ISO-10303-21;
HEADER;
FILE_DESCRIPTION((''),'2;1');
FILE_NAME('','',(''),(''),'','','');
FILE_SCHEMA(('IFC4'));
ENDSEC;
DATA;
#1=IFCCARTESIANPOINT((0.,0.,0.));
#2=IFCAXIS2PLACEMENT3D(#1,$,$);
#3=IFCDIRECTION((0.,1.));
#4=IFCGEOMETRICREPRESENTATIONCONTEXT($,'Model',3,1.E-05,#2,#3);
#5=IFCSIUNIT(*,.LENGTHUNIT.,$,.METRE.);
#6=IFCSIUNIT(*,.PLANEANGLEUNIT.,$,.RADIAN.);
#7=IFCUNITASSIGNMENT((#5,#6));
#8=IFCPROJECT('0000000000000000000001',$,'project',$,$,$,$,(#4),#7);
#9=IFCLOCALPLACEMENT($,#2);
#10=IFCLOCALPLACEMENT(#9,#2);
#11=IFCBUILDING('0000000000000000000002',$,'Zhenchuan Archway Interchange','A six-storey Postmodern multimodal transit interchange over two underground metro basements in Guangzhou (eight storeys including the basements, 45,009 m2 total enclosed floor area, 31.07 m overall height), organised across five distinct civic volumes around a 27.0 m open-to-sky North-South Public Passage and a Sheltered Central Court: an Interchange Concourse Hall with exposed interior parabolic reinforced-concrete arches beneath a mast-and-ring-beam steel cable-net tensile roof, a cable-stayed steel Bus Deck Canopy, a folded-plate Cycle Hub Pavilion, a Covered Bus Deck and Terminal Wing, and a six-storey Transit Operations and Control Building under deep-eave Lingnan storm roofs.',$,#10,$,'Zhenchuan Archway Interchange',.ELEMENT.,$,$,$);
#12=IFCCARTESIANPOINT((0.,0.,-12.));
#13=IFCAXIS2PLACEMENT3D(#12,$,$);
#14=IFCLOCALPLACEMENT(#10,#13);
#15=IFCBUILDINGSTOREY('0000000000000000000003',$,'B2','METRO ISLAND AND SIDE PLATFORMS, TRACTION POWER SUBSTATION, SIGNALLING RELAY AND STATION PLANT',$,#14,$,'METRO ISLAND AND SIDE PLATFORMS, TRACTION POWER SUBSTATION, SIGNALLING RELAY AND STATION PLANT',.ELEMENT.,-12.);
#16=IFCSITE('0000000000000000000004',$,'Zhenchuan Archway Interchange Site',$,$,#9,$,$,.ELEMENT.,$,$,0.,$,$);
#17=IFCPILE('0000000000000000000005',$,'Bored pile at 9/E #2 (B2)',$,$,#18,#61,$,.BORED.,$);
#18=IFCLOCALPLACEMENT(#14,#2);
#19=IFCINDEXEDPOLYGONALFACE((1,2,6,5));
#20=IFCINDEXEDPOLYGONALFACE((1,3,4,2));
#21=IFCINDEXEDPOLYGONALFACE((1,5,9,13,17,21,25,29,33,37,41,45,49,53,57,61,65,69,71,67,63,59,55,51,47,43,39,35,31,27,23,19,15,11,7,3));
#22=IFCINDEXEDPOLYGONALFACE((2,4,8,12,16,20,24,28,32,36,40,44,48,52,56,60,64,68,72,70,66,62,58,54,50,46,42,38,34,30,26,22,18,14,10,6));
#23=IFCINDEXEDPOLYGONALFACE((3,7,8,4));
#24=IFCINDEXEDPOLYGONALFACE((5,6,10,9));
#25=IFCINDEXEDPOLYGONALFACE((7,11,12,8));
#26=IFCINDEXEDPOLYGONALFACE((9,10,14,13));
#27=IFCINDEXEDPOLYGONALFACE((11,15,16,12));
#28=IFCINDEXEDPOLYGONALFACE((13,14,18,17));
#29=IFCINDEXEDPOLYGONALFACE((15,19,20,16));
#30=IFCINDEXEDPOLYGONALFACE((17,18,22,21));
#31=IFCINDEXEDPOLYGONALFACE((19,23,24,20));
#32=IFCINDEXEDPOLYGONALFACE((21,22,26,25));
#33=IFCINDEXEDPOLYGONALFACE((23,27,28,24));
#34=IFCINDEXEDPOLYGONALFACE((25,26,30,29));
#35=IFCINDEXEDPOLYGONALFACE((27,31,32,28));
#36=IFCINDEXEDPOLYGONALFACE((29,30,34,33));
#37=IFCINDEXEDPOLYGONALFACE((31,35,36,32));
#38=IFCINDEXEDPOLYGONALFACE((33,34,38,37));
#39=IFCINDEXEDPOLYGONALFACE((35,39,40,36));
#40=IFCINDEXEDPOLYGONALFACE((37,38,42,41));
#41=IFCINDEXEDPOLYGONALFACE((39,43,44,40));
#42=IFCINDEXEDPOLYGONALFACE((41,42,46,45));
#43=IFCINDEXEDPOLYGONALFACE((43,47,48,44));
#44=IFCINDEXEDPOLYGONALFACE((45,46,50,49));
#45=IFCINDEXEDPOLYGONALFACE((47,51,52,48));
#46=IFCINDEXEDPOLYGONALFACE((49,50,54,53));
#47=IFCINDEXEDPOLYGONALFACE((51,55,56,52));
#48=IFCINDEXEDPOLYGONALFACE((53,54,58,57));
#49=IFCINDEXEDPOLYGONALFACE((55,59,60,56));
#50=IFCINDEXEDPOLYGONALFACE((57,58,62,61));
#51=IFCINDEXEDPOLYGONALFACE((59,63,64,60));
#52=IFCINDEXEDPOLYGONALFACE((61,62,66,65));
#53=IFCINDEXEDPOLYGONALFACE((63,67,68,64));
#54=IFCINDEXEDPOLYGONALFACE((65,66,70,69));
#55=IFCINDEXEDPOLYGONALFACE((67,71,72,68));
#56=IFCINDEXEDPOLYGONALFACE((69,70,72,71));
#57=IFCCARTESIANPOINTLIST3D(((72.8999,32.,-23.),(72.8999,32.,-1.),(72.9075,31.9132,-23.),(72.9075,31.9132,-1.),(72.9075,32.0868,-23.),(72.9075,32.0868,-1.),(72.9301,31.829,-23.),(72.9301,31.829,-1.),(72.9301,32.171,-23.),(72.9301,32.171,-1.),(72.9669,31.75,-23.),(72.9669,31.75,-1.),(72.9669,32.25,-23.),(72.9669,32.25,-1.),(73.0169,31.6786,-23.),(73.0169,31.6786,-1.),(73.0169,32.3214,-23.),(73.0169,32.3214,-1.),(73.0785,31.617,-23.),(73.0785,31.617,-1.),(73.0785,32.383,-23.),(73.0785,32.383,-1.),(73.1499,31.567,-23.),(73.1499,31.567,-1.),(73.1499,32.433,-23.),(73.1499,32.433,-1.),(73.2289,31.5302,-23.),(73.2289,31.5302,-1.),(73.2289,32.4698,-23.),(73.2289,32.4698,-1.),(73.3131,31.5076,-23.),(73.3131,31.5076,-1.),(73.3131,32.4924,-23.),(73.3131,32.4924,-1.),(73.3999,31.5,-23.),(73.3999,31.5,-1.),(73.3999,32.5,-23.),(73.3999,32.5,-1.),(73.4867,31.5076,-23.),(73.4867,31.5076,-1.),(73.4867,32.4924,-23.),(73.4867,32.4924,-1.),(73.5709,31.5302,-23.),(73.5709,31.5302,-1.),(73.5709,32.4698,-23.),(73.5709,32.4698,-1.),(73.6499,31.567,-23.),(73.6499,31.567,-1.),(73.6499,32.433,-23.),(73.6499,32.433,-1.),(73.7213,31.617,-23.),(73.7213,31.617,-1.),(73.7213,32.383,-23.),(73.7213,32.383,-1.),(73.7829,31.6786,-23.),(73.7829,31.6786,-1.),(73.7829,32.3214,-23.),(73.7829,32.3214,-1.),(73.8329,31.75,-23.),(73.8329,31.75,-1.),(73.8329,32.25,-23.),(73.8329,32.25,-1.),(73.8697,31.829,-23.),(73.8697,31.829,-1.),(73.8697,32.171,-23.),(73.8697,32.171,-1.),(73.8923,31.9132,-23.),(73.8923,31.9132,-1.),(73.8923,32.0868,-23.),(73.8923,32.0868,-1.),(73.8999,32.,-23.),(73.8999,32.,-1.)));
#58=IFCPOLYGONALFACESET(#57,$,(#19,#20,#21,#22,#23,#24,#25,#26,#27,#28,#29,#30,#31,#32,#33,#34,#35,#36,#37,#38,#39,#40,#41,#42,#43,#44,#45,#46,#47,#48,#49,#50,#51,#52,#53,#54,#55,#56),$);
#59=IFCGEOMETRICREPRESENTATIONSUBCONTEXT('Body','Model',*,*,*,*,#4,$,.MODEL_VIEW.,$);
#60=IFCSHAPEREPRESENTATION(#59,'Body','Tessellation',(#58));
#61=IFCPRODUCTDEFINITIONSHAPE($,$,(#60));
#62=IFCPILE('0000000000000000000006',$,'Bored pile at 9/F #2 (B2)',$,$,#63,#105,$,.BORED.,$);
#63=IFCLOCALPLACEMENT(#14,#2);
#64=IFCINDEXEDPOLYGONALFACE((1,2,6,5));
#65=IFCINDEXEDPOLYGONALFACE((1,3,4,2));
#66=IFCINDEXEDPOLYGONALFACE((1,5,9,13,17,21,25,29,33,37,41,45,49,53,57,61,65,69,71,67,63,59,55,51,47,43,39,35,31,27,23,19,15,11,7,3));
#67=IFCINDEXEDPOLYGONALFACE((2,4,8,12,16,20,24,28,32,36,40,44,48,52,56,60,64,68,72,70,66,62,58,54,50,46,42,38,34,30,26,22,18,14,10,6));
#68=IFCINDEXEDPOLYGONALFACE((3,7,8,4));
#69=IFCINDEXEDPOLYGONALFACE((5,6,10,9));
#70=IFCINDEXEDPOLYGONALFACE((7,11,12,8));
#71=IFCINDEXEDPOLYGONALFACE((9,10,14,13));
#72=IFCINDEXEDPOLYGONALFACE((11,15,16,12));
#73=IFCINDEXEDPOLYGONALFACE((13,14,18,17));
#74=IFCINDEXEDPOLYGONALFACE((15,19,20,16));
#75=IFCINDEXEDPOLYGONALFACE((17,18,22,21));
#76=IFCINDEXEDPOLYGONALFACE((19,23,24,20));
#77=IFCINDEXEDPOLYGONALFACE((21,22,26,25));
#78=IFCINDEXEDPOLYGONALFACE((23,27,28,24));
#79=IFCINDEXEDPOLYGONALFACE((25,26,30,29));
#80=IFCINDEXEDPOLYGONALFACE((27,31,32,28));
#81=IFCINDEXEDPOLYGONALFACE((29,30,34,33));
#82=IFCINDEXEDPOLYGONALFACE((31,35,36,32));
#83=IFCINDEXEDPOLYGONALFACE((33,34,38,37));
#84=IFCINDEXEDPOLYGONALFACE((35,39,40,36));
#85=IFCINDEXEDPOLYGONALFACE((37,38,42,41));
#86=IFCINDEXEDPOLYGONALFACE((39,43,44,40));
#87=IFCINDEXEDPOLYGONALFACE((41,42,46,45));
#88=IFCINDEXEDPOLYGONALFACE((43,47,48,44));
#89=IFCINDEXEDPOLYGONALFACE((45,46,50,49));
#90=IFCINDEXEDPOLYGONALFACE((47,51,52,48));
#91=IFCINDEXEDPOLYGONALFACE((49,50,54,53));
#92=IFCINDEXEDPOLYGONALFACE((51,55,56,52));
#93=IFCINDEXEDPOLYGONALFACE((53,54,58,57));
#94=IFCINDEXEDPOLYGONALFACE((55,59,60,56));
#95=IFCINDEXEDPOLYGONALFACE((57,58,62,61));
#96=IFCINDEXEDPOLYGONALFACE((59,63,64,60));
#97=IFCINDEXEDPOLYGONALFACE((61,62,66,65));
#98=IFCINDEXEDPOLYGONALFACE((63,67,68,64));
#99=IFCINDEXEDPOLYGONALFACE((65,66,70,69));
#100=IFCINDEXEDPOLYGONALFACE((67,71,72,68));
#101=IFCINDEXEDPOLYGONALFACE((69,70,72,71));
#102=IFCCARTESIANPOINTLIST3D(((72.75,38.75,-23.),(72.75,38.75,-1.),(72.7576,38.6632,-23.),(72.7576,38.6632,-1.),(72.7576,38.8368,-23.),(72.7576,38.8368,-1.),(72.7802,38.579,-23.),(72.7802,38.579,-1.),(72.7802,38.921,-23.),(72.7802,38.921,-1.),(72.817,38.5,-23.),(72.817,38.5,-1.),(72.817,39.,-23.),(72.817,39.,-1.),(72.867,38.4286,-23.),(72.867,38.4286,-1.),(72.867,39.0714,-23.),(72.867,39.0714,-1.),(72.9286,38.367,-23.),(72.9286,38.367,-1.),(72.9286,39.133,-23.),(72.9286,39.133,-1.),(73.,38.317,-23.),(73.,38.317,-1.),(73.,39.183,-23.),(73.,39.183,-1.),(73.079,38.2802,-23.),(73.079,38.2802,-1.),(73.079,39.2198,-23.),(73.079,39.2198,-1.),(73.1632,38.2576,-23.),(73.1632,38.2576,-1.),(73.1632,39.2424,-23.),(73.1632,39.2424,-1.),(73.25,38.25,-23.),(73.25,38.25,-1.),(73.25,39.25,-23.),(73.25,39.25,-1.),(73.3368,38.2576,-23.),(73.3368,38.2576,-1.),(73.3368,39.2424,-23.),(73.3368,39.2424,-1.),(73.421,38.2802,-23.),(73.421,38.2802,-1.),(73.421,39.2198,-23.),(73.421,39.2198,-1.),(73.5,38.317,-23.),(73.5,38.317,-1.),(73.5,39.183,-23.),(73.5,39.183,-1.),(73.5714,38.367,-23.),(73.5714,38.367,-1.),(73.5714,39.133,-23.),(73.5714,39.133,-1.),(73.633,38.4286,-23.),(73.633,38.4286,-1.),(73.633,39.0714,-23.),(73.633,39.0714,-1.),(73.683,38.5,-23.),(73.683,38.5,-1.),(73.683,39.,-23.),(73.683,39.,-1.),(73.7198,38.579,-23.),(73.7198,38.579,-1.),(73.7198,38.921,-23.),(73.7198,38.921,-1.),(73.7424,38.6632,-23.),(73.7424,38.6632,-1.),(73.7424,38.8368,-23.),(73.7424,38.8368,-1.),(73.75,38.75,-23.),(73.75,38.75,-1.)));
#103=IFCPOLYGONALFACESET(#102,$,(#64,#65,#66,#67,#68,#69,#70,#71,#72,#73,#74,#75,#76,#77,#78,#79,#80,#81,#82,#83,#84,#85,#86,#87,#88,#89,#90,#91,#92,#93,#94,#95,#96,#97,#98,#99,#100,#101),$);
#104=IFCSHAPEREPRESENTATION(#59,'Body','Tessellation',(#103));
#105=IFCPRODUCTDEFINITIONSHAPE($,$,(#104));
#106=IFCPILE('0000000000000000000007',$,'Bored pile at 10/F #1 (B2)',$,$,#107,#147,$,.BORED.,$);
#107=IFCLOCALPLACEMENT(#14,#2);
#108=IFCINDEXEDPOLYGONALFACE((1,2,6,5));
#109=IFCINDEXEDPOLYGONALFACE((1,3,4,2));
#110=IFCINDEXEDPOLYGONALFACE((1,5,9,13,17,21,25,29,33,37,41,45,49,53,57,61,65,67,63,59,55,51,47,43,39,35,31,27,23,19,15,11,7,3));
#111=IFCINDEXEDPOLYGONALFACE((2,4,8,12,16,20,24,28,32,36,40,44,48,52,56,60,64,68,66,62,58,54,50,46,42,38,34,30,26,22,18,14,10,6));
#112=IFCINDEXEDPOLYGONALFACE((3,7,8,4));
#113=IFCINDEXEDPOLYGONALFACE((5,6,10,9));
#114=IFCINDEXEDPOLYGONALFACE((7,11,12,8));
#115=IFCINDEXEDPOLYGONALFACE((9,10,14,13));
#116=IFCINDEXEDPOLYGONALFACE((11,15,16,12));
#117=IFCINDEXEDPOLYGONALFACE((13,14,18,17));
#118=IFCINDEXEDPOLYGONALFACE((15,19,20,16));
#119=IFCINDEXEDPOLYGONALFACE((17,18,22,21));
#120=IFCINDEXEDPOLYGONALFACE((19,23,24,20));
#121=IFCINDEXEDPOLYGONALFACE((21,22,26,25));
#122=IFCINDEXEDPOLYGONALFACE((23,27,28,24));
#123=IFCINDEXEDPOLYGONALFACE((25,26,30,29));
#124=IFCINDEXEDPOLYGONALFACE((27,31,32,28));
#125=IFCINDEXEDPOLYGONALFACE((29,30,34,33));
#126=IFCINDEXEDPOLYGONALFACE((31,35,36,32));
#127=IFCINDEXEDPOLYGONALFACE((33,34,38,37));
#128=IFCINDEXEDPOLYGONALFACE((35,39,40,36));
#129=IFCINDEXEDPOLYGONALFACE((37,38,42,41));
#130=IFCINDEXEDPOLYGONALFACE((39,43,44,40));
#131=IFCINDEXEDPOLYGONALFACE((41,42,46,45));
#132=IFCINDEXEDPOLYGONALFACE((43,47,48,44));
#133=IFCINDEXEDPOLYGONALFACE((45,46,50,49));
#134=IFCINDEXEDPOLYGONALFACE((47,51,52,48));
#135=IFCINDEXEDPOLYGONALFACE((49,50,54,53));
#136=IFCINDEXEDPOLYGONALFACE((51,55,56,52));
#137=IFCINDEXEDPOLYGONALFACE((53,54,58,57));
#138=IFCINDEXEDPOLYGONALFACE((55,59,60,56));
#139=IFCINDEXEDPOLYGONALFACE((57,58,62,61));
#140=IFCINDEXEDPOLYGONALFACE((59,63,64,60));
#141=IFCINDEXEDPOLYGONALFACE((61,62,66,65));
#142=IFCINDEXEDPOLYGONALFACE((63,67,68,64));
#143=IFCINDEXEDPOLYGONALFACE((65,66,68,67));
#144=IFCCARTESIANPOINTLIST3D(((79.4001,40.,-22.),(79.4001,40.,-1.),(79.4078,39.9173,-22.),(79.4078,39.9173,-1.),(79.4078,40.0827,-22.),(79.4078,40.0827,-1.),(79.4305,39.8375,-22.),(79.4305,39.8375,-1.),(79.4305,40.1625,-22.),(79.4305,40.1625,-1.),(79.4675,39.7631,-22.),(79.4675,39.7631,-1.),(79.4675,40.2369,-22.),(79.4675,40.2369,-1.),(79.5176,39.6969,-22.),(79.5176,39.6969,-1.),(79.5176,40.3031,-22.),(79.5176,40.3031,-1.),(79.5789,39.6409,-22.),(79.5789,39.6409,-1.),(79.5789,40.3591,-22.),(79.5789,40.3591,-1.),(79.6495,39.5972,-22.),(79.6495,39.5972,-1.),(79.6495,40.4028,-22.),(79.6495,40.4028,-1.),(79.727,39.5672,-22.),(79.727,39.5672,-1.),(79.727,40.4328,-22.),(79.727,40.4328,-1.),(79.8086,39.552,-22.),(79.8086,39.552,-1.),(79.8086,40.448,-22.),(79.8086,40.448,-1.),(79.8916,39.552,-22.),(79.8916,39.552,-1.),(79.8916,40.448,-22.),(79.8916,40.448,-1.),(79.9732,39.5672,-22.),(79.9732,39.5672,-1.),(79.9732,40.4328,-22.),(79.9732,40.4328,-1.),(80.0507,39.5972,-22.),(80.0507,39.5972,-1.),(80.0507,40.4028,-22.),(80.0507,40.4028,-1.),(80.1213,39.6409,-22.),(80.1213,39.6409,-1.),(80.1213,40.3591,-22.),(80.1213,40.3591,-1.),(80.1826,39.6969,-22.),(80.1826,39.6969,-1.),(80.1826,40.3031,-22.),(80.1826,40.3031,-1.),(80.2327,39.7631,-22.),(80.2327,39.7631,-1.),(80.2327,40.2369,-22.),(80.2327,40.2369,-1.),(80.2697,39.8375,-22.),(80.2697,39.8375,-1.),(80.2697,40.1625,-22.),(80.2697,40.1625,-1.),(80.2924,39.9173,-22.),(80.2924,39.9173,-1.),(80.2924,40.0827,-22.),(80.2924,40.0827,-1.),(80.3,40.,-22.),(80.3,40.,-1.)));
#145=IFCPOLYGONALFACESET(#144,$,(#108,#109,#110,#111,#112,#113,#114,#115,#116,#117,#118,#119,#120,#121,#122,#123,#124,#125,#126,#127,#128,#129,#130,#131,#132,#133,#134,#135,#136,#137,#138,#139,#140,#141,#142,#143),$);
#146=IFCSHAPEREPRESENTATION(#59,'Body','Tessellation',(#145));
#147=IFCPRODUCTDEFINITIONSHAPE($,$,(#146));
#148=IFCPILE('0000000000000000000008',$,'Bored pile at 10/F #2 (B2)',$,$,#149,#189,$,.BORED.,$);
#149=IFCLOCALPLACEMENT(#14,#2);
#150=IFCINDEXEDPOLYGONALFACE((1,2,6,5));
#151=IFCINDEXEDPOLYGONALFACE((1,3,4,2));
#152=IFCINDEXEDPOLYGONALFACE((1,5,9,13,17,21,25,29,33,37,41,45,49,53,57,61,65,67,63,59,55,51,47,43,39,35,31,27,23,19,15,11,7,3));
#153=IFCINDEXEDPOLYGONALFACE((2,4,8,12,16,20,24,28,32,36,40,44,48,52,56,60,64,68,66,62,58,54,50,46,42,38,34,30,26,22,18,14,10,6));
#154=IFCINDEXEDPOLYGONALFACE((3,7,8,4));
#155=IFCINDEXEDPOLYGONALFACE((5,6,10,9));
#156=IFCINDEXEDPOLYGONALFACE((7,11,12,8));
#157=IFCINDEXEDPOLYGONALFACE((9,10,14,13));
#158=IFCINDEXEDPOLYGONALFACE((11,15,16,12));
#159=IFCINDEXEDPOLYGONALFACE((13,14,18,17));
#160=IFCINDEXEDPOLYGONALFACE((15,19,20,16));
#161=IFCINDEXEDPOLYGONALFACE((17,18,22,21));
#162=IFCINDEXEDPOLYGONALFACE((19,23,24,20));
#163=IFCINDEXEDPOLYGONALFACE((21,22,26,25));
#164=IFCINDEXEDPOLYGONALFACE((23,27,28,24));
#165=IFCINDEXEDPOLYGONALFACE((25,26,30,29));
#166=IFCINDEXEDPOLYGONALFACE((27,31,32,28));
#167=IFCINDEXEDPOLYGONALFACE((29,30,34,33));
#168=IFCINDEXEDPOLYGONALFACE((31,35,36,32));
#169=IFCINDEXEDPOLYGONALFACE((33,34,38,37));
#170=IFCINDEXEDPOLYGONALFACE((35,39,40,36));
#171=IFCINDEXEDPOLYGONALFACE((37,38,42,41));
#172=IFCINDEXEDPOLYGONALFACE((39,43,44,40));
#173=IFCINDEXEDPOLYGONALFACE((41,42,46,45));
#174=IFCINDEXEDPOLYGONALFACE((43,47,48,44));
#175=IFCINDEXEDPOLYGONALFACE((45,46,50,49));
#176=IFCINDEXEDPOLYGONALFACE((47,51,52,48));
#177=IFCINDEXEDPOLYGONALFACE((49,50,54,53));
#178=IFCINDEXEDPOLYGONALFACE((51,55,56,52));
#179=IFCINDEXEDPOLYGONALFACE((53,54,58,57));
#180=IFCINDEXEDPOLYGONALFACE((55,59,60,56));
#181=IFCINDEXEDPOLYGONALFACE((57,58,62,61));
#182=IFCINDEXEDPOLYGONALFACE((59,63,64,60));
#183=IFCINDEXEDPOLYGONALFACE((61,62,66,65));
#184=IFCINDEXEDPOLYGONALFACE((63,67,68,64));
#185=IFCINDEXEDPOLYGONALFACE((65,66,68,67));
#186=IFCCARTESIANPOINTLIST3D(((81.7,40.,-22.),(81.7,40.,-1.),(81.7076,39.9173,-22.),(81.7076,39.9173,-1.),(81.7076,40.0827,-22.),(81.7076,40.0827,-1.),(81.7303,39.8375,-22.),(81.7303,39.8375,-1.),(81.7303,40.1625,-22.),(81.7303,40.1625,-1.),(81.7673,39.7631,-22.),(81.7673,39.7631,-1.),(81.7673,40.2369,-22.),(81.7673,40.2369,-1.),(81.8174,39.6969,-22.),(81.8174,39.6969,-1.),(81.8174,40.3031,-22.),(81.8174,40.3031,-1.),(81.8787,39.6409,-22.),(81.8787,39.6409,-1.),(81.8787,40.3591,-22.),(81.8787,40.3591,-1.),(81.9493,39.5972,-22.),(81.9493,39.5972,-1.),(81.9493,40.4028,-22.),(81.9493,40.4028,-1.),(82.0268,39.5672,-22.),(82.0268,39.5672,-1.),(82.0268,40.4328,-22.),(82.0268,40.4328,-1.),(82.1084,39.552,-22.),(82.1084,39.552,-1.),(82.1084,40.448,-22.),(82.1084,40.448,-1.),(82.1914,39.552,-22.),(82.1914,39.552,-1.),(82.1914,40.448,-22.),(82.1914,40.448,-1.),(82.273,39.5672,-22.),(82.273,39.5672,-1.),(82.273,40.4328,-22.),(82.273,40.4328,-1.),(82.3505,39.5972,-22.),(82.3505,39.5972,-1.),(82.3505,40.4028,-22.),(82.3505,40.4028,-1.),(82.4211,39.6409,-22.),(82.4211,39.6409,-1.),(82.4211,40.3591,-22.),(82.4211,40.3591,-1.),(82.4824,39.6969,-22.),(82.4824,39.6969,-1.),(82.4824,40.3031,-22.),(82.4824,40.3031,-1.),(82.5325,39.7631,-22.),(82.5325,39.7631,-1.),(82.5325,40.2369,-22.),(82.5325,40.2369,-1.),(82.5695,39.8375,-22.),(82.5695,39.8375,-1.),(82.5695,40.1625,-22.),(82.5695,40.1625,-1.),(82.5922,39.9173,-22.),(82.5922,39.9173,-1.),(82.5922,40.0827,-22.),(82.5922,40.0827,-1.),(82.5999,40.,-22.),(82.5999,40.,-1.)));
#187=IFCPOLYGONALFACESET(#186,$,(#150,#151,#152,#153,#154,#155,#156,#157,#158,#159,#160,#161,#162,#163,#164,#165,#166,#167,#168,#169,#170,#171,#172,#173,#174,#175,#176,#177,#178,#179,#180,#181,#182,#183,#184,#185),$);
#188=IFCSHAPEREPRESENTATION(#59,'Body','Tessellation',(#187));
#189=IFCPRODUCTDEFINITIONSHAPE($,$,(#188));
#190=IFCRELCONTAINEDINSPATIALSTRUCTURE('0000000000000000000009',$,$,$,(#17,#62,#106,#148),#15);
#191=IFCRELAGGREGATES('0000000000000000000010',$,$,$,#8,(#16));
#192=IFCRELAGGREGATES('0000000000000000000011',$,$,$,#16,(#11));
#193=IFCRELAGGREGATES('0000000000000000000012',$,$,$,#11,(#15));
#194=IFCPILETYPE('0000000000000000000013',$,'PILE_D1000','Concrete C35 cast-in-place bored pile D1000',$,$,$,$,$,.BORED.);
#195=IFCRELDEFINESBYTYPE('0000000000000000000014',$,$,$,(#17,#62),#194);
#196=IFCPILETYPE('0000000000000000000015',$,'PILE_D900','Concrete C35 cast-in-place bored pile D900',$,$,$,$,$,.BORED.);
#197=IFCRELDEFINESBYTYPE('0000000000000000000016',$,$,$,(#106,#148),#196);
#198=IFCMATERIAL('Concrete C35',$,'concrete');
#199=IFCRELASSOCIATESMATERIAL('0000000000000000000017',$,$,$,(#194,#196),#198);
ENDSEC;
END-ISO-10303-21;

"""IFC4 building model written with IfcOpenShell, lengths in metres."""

from ifc_helpers import new_model, si_unit, direction, frame, origin, origin_2d, place, context, subcontext, project, spatial, circle, extrude, material, material_profile, profile_set, type_object, element, save


model = new_model("IFC4")

# Units and contexts
model_context = context("Model", 3, precision=1e-05, world=origin(), true_north=direction((0.0, 1.0)))
body_context = subcontext(model_context, "Body", "Model", "MODEL_VIEW")
ifc_project = project(units=[si_unit("LENGTHUNIT", "METRE"), si_unit("PLANEANGLEUNIT", "RADIAN")], contexts=[model_context])

# Site, building, storey
site_placement = place(None, origin())
site = spatial("IfcSite", under=ifc_project, at=site_placement, Name="Zhenchuan Archway Interchange Site", CompositionType="ELEMENT", RefElevation=0.0)
building_placement = place(site_placement, origin())
building = spatial("IfcBuilding", under=site, at=building_placement, Name="Zhenchuan Archway Interchange", Description="A six-storey Postmodern multimodal transit interchange over two underground metro basements in Guangzhou (eight storeys including the basements, 45,009 m2 total enclosed floor area, 31.07 m overall height), organised across five distinct civic volumes around a 27.0 m open-to-sky North-South Public Passage and a Sheltered Central Court: an Interchange Concourse Hall with exposed interior parabolic reinforced-concrete arches beneath a mast-and-ring-beam steel cable-net tensile roof, a cable-stayed steel Bus Deck Canopy, a folded-plate Cycle Hub Pavilion, a Covered Bus Deck and Terminal Wing, and a six-storey Transit Operations and Control Building under deep-eave Lingnan storm roofs.", LongName="Zhenchuan Archway Interchange", CompositionType="ELEMENT")
storey_placement = place(building_placement, frame((0.0, 0.0, -12.0)))
storey = spatial("IfcBuildingStorey", under=building, at=storey_placement, Name="B2", Description="METRO ISLAND AND SIDE PLATFORMS, TRACTION POWER SUBSTATION, SIGNALLING RELAY AND STATION PLANT", LongName="METRO ISLAND AND SIDE PLATFORMS, TRACTION POWER SUBSTATION, SIGNALLING RELAY AND STATION PLANT", CompositionType="ELEMENT", Elevation=-12.0)

# Piles
ifc_material_1 = material(Name="Concrete C35", Category="concrete")
ifc_material_profile_1 = material_profile(ifc_material_1, circle(Radius=0.5, at=origin_2d()), Name="BORED PILE 1000")
ifc_profile_set_1 = profile_set([ifc_material_profile_1], Name="Concrete C35")
pile_type_1 = type_object("IfcPileType", Name="PILE_D1000", Description="Concrete C35 cast-in-place bored pile D1000", PredefinedType="BORED", material=ifc_profile_set_1)
for number, where, z_axis, x_axis, name in (
    (1, (73.3999, 32.0, -1.0), (0.0, 0.0, -1.0), (1.0, 0.0, 0.0), "Bored pile at 9/E #2 (B2)"),
    (2, (73.25, 38.75, -1.0), (0.0, 0.0, -1.0), (1.0, 0.0, 0.0), "Bored pile at 9/F #2 (B2)"),
):
    element("IfcPile", number, at=place(storey_placement, frame(where, z_axis=z_axis, x_axis=x_axis)), inside=storey, type_object=pile_type_1, Name=name, PredefinedType="BORED", context=body_context, shape_type="SweptSolid", body=[
        extrude(circle(Radius=0.5, at=origin_2d()), origin(), (0.0, 0.0, 1.0), 22.0),
    ])
ifc_material_profile_2 = material_profile(ifc_material_1, circle(Radius=0.45, at=origin_2d()), Name="BORED PILE 900")
ifc_profile_set_2 = profile_set([ifc_material_profile_2], Name="Concrete C35")
pile_type_2 = type_object("IfcPileType", Name="PILE_D900", Description="Concrete C35 cast-in-place bored pile D900", PredefinedType="BORED", material=ifc_profile_set_2)
for number, where, z_axis, x_axis, name in (
    (3, (79.8501, 40.0, -1.0), (0.0, 0.0, -1.0), (1.0, 0.0, 0.0), "Bored pile at 10/F #1 (B2)"),
    (4, (82.1499, 40.0, -1.0), (0.0, 0.0, -1.0), (1.0, 0.0, 0.0), "Bored pile at 10/F #2 (B2)"),
):
    element("IfcPile", number, at=place(storey_placement, frame(where, z_axis=z_axis, x_axis=x_axis)), inside=storey, type_object=pile_type_2, Name=name, PredefinedType="BORED", context=body_context, shape_type="SweptSolid", body=[
        extrude(circle(Radius=0.45, at=origin_2d()), origin(), (0.0, 0.0, 1.0), 21.0),
    ])

save(model, "model.ifc")
